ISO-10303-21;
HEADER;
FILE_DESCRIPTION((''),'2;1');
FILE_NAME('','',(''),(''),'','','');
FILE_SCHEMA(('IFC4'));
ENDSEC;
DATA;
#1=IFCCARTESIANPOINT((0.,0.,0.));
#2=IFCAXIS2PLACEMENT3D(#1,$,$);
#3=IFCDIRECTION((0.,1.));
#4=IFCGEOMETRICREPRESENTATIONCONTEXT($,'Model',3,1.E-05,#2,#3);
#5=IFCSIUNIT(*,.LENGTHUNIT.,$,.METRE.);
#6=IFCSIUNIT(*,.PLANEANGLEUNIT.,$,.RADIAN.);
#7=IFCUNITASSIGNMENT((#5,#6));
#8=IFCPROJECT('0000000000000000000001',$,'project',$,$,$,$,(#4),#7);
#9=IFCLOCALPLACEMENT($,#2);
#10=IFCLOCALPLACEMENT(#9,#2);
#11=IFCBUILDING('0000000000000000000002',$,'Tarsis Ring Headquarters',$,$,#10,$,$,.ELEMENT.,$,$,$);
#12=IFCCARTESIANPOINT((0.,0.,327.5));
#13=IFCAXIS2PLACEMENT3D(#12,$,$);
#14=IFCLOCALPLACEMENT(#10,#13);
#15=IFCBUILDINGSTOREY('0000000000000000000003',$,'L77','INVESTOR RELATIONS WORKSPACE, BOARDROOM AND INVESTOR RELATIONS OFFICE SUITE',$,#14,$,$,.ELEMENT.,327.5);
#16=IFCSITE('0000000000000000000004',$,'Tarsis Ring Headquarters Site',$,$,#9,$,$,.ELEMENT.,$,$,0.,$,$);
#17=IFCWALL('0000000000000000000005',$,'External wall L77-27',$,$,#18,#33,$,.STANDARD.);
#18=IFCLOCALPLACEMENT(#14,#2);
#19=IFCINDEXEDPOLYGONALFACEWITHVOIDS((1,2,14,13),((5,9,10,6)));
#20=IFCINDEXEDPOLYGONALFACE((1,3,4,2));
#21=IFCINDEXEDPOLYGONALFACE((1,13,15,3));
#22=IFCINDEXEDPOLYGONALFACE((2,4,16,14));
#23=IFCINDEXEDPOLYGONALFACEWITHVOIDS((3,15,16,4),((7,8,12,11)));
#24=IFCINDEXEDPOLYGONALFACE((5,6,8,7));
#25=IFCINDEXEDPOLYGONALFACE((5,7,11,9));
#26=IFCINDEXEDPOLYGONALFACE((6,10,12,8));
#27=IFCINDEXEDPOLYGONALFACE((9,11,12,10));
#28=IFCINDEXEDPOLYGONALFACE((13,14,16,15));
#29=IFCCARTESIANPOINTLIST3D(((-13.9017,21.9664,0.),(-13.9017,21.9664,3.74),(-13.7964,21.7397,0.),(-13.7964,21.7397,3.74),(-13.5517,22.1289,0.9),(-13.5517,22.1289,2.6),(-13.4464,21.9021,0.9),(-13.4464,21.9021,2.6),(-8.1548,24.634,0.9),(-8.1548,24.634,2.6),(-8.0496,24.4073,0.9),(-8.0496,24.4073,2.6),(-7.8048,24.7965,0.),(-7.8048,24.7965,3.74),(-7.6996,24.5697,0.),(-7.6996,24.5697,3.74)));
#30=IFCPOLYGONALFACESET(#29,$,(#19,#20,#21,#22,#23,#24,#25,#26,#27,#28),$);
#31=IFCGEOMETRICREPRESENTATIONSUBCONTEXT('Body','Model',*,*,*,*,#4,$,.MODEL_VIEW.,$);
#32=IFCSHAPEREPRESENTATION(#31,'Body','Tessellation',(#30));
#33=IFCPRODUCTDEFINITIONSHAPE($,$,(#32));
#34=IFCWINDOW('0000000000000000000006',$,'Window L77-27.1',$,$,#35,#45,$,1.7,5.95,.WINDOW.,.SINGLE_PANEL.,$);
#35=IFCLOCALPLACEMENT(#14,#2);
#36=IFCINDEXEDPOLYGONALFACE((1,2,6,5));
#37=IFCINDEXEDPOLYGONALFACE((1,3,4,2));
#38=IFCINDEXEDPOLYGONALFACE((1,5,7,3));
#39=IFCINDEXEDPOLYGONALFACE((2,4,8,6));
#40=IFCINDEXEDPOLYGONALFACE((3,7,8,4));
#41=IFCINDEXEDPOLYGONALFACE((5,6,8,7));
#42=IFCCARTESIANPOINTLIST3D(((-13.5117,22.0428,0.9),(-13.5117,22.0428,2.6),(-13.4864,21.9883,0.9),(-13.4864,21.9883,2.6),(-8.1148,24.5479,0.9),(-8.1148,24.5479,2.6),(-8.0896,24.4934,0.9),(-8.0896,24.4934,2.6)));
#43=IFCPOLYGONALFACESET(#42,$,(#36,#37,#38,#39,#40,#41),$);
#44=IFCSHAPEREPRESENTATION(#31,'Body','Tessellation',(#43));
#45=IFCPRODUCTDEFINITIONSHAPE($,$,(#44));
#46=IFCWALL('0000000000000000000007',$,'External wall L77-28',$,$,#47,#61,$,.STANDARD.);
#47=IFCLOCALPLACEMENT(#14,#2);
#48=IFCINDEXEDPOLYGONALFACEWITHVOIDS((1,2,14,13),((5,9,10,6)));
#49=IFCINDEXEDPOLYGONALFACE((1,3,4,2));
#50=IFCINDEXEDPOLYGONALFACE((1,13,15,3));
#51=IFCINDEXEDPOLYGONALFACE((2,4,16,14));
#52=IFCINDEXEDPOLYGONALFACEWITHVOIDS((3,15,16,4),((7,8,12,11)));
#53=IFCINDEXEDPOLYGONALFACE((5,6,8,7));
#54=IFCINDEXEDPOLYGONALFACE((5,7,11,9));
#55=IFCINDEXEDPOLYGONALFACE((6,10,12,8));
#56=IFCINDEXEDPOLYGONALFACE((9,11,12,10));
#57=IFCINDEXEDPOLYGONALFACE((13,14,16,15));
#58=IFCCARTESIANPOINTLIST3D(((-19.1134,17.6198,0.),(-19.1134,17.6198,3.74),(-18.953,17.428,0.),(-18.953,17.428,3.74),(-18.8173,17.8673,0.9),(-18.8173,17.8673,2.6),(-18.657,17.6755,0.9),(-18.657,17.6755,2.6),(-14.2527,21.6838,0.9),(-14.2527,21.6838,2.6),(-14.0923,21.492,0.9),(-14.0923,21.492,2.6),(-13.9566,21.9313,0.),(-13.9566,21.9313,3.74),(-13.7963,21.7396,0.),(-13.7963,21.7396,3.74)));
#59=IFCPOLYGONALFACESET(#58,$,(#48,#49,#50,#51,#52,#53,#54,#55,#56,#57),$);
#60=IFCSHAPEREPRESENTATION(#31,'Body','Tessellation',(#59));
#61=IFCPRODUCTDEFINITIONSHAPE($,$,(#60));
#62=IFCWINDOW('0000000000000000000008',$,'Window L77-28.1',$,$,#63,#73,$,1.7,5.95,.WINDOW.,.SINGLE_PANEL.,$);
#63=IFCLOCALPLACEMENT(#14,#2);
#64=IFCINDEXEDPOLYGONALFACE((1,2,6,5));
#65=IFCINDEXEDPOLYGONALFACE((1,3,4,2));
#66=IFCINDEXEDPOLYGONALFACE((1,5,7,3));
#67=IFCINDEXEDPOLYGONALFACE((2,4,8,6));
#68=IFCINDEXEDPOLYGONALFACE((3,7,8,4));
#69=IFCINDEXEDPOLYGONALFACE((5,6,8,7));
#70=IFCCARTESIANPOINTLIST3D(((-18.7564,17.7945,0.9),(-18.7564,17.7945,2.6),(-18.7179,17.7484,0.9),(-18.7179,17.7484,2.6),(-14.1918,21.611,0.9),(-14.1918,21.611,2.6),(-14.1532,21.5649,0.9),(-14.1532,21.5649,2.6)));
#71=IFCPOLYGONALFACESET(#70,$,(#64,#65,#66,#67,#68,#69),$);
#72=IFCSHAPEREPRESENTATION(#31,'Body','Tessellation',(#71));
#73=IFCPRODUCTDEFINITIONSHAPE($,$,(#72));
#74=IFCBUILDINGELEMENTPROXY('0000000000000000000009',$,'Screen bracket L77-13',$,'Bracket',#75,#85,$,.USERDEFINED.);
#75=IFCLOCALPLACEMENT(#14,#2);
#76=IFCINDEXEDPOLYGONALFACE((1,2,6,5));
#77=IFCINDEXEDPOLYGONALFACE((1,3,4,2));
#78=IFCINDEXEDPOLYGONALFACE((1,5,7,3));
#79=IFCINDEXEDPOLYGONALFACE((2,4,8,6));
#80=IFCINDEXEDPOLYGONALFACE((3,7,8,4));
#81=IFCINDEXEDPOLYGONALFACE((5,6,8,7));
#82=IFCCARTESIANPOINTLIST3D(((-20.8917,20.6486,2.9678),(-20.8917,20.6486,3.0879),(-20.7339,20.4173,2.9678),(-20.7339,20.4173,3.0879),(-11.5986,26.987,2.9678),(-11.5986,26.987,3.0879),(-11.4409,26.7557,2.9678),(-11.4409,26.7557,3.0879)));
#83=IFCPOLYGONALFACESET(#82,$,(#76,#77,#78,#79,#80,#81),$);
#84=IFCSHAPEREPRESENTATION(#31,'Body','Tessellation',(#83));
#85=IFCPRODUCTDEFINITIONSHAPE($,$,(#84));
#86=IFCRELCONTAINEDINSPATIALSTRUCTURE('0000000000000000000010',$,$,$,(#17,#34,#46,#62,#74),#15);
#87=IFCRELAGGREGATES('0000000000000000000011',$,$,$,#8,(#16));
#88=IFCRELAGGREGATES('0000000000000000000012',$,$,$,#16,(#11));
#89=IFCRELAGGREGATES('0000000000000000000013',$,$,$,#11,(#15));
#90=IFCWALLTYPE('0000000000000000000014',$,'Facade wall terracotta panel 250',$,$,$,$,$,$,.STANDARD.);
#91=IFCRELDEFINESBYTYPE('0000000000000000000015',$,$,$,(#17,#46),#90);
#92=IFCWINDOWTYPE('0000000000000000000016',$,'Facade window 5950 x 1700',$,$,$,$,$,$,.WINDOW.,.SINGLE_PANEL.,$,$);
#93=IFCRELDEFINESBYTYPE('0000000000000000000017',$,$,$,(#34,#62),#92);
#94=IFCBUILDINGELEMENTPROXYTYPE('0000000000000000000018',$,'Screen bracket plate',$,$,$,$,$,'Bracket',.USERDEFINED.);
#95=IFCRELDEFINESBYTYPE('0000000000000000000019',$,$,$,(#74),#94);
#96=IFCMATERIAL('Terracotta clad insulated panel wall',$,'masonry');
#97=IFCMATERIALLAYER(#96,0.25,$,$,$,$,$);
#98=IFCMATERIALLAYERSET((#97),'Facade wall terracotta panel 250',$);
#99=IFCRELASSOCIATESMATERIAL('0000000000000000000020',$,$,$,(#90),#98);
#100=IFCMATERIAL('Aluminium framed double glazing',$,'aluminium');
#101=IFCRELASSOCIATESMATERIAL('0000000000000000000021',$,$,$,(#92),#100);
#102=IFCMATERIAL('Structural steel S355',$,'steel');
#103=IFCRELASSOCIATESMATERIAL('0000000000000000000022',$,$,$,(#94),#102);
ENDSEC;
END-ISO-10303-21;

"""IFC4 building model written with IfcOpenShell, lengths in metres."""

from ifc_helpers import new_model, si_unit, direction, frame, frame_2d, origin, origin_2d, place, context, subcontext, project, spatial, rectangle, extrude, material, layer, layer_set, type_object, element, fill, save


model = new_model("IFC4")

# Units and contexts
model_context = context("Model", 3, precision=1e-05, world=origin(), true_north=direction((0.0, 1.0)))
body_context = subcontext(model_context, "Body", "Model", "MODEL_VIEW")
ifc_project = project(units=[si_unit("LENGTHUNIT", "METRE"), si_unit("PLANEANGLEUNIT", "RADIAN")], contexts=[model_context])

# Site, building, storey
site_placement = place(None, origin())
site = spatial("IfcSite", under=ifc_project, at=site_placement, Name="Tarsis Ring Headquarters Site", CompositionType="ELEMENT", RefElevation=0.0)
building_placement = place(site_placement, origin())
building = spatial("IfcBuilding", under=site, at=building_placement, Name="Tarsis Ring Headquarters", CompositionType="ELEMENT")
storey_placement = place(building_placement, frame((0.0, 0.0, 327.5)))
storey = spatial("IfcBuildingStorey", under=building, at=storey_placement, Name="L77", Description="INVESTOR RELATIONS WORKSPACE, BOARDROOM AND INVESTOR RELATIONS OFFICE SUITE", CompositionType="ELEMENT", Elevation=327.5)

# Shared definitions
ifc_material_1 = material(Name="Structural steel S355", Category="steel")

# Walls, openings, windows
ifc_material_2 = material(Name="Terracotta clad insulated panel wall", Category="masonry")
ifc_layer_1 = layer(ifc_material_2, 0.25)
ifc_layer_set_1 = layer_set([ifc_layer_1], Name="Facade wall terracotta panel 250")
wall_type_1 = type_object("IfcWallType", Name="Facade wall terracotta panel 250", PredefinedType="STANDARD", material=ifc_layer_set_1)
wall_1_placement = place(storey_placement, frame((-7.7522, 24.6831, 0.0), z_axis=(0.0, 0.0, 1.0), x_axis=(-0.907045, -0.421033, 0.0)))
wall_1 = element("IfcWall", 1, at=wall_1_placement, inside=storey, type_object=wall_type_1, Name="External wall L77-27", PredefinedType="STANDARD", context=body_context, shape_type="SweptSolid", body=[
    extrude(rectangle(XDim=6.7217, YDim=0.25, at=frame_2d((3.3608, 0.0))), origin(), (0.0, 0.0, 1.0), 3.74),
])
opening_1_placement = place(wall_1_placement, frame((0.3857, 0.0, 0.8999)))
opening_1 = element("IfcOpeningElement", 2, at=opening_1_placement, cuts=wall_1, PredefinedType="OPENING", context=body_context, shape_type="SweptSolid", body=[
    extrude(rectangle(XDim=5.95, YDim=1.7, at=frame_2d((2.9751, 0.8501))), frame((0.0, 0.135, 0.0), z_axis=(0.0, -1.0, 0.0), x_axis=(1.0, 0.0, 0.0)), (0.0, 0.0, 1.0), 0.27),
])
ifc_material_3 = material(Name="Aluminium framed double glazing", Category="aluminium")
window_type = type_object("IfcWindowType", Name="Facade window 5950 x 1700", PartitioningType="SINGLE_PANEL", PredefinedType="WINDOW", material=ifc_material_3)
window_1_placement = place(opening_1_placement, origin())
window_1 = element("IfcWindow", 3, at=window_1_placement, inside=storey, type_object=window_type, Name="Window L77-27.1", OverallHeight=1.7, OverallWidth=5.95, PartitioningType="SINGLE_PANEL", PredefinedType="WINDOW", context=body_context, shape_type="SweptSolid", body=[
    extrude(rectangle(XDim=5.95, YDim=1.7, at=frame_2d((2.9751, 0.8501))), frame((0.0, 0.03, 0.0), z_axis=(0.0, -1.0, 0.0), x_axis=(1.0, 0.0, 0.0)), (0.0, 0.0, 1.0), 0.0601),
])
fill(opening_1, window_1)
wall_2_placement = place(storey_placement, frame((-13.8765, 21.8354, 0.0), z_axis=(0.0, 0.0, 1.0), x_axis=(-0.767178, -0.641434, 0.0)))
wall_2 = element("IfcWall", 4, at=wall_2_placement, inside=storey, type_object=wall_type_1, Name="External wall L77-28", PredefinedType="STANDARD", context=body_context, shape_type="SweptSolid", body=[
    extrude(rectangle(XDim=6.7217, YDim=0.25, at=frame_2d((3.3608, 0.0))), origin(), (0.0, 0.0, 1.0), 3.74),
])
opening_2_placement = place(wall_2_placement, frame((0.3857, 0.0, 0.8999)))
opening_2 = element("IfcOpeningElement", 5, at=opening_2_placement, cuts=wall_2, PredefinedType="OPENING", context=body_context, shape_type="SweptSolid", body=[
    extrude(rectangle(XDim=5.95, YDim=1.7, at=frame_2d((2.9751, 0.8501))), frame((0.0, 0.135, 0.0), z_axis=(0.0, -1.0, 0.0), x_axis=(1.0, 0.0, 0.0)), (0.0, 0.0, 1.0), 0.27),
])
window_2_placement = place(opening_2_placement, origin())
window_2 = element("IfcWindow", 6, at=window_2_placement, inside=storey, type_object=window_type, Name="Window L77-28.1", OverallHeight=1.7, OverallWidth=5.95, PartitioningType="SINGLE_PANEL", PredefinedType="WINDOW", context=body_context, shape_type="SweptSolid", body=[
    extrude(rectangle(XDim=5.95, YDim=1.7, at=frame_2d((2.9751, 0.8501))), frame((0.0, 0.03, 0.0), z_axis=(0.0, -1.0, 0.0), x_axis=(1.0, 0.0, 0.0)), (0.0, 0.0, 1.0), 0.0601),
])
fill(opening_2, window_2)

# Building element proxy
building_element_proxy_type = type_object("IfcBuildingElementProxyType", Name="Screen bracket plate", ElementType="Bracket", PredefinedType="USERDEFINED", material=ifc_material_1)
proxy_placement = place(storey_placement, frame((-16.1663, 23.7021, 2.9678), z_axis=(0.0, 0.0, 1.0), x_axis=(-0.826135, -0.563472, 0.0)))
element("IfcBuildingElementProxy", 7, at=proxy_placement, inside=storey, type_object=building_element_proxy_type, Name="Screen bracket L77-13", ObjectType="Bracket", PredefinedType="USERDEFINED", context=body_context, shape_type="SweptSolid", body=[
    extrude(rectangle(XDim=11.2488, YDim=0.28, at=origin_2d()), origin(), (0.0, 0.0, 1.0), 0.1201),
])

save(model, "model.ifc")
